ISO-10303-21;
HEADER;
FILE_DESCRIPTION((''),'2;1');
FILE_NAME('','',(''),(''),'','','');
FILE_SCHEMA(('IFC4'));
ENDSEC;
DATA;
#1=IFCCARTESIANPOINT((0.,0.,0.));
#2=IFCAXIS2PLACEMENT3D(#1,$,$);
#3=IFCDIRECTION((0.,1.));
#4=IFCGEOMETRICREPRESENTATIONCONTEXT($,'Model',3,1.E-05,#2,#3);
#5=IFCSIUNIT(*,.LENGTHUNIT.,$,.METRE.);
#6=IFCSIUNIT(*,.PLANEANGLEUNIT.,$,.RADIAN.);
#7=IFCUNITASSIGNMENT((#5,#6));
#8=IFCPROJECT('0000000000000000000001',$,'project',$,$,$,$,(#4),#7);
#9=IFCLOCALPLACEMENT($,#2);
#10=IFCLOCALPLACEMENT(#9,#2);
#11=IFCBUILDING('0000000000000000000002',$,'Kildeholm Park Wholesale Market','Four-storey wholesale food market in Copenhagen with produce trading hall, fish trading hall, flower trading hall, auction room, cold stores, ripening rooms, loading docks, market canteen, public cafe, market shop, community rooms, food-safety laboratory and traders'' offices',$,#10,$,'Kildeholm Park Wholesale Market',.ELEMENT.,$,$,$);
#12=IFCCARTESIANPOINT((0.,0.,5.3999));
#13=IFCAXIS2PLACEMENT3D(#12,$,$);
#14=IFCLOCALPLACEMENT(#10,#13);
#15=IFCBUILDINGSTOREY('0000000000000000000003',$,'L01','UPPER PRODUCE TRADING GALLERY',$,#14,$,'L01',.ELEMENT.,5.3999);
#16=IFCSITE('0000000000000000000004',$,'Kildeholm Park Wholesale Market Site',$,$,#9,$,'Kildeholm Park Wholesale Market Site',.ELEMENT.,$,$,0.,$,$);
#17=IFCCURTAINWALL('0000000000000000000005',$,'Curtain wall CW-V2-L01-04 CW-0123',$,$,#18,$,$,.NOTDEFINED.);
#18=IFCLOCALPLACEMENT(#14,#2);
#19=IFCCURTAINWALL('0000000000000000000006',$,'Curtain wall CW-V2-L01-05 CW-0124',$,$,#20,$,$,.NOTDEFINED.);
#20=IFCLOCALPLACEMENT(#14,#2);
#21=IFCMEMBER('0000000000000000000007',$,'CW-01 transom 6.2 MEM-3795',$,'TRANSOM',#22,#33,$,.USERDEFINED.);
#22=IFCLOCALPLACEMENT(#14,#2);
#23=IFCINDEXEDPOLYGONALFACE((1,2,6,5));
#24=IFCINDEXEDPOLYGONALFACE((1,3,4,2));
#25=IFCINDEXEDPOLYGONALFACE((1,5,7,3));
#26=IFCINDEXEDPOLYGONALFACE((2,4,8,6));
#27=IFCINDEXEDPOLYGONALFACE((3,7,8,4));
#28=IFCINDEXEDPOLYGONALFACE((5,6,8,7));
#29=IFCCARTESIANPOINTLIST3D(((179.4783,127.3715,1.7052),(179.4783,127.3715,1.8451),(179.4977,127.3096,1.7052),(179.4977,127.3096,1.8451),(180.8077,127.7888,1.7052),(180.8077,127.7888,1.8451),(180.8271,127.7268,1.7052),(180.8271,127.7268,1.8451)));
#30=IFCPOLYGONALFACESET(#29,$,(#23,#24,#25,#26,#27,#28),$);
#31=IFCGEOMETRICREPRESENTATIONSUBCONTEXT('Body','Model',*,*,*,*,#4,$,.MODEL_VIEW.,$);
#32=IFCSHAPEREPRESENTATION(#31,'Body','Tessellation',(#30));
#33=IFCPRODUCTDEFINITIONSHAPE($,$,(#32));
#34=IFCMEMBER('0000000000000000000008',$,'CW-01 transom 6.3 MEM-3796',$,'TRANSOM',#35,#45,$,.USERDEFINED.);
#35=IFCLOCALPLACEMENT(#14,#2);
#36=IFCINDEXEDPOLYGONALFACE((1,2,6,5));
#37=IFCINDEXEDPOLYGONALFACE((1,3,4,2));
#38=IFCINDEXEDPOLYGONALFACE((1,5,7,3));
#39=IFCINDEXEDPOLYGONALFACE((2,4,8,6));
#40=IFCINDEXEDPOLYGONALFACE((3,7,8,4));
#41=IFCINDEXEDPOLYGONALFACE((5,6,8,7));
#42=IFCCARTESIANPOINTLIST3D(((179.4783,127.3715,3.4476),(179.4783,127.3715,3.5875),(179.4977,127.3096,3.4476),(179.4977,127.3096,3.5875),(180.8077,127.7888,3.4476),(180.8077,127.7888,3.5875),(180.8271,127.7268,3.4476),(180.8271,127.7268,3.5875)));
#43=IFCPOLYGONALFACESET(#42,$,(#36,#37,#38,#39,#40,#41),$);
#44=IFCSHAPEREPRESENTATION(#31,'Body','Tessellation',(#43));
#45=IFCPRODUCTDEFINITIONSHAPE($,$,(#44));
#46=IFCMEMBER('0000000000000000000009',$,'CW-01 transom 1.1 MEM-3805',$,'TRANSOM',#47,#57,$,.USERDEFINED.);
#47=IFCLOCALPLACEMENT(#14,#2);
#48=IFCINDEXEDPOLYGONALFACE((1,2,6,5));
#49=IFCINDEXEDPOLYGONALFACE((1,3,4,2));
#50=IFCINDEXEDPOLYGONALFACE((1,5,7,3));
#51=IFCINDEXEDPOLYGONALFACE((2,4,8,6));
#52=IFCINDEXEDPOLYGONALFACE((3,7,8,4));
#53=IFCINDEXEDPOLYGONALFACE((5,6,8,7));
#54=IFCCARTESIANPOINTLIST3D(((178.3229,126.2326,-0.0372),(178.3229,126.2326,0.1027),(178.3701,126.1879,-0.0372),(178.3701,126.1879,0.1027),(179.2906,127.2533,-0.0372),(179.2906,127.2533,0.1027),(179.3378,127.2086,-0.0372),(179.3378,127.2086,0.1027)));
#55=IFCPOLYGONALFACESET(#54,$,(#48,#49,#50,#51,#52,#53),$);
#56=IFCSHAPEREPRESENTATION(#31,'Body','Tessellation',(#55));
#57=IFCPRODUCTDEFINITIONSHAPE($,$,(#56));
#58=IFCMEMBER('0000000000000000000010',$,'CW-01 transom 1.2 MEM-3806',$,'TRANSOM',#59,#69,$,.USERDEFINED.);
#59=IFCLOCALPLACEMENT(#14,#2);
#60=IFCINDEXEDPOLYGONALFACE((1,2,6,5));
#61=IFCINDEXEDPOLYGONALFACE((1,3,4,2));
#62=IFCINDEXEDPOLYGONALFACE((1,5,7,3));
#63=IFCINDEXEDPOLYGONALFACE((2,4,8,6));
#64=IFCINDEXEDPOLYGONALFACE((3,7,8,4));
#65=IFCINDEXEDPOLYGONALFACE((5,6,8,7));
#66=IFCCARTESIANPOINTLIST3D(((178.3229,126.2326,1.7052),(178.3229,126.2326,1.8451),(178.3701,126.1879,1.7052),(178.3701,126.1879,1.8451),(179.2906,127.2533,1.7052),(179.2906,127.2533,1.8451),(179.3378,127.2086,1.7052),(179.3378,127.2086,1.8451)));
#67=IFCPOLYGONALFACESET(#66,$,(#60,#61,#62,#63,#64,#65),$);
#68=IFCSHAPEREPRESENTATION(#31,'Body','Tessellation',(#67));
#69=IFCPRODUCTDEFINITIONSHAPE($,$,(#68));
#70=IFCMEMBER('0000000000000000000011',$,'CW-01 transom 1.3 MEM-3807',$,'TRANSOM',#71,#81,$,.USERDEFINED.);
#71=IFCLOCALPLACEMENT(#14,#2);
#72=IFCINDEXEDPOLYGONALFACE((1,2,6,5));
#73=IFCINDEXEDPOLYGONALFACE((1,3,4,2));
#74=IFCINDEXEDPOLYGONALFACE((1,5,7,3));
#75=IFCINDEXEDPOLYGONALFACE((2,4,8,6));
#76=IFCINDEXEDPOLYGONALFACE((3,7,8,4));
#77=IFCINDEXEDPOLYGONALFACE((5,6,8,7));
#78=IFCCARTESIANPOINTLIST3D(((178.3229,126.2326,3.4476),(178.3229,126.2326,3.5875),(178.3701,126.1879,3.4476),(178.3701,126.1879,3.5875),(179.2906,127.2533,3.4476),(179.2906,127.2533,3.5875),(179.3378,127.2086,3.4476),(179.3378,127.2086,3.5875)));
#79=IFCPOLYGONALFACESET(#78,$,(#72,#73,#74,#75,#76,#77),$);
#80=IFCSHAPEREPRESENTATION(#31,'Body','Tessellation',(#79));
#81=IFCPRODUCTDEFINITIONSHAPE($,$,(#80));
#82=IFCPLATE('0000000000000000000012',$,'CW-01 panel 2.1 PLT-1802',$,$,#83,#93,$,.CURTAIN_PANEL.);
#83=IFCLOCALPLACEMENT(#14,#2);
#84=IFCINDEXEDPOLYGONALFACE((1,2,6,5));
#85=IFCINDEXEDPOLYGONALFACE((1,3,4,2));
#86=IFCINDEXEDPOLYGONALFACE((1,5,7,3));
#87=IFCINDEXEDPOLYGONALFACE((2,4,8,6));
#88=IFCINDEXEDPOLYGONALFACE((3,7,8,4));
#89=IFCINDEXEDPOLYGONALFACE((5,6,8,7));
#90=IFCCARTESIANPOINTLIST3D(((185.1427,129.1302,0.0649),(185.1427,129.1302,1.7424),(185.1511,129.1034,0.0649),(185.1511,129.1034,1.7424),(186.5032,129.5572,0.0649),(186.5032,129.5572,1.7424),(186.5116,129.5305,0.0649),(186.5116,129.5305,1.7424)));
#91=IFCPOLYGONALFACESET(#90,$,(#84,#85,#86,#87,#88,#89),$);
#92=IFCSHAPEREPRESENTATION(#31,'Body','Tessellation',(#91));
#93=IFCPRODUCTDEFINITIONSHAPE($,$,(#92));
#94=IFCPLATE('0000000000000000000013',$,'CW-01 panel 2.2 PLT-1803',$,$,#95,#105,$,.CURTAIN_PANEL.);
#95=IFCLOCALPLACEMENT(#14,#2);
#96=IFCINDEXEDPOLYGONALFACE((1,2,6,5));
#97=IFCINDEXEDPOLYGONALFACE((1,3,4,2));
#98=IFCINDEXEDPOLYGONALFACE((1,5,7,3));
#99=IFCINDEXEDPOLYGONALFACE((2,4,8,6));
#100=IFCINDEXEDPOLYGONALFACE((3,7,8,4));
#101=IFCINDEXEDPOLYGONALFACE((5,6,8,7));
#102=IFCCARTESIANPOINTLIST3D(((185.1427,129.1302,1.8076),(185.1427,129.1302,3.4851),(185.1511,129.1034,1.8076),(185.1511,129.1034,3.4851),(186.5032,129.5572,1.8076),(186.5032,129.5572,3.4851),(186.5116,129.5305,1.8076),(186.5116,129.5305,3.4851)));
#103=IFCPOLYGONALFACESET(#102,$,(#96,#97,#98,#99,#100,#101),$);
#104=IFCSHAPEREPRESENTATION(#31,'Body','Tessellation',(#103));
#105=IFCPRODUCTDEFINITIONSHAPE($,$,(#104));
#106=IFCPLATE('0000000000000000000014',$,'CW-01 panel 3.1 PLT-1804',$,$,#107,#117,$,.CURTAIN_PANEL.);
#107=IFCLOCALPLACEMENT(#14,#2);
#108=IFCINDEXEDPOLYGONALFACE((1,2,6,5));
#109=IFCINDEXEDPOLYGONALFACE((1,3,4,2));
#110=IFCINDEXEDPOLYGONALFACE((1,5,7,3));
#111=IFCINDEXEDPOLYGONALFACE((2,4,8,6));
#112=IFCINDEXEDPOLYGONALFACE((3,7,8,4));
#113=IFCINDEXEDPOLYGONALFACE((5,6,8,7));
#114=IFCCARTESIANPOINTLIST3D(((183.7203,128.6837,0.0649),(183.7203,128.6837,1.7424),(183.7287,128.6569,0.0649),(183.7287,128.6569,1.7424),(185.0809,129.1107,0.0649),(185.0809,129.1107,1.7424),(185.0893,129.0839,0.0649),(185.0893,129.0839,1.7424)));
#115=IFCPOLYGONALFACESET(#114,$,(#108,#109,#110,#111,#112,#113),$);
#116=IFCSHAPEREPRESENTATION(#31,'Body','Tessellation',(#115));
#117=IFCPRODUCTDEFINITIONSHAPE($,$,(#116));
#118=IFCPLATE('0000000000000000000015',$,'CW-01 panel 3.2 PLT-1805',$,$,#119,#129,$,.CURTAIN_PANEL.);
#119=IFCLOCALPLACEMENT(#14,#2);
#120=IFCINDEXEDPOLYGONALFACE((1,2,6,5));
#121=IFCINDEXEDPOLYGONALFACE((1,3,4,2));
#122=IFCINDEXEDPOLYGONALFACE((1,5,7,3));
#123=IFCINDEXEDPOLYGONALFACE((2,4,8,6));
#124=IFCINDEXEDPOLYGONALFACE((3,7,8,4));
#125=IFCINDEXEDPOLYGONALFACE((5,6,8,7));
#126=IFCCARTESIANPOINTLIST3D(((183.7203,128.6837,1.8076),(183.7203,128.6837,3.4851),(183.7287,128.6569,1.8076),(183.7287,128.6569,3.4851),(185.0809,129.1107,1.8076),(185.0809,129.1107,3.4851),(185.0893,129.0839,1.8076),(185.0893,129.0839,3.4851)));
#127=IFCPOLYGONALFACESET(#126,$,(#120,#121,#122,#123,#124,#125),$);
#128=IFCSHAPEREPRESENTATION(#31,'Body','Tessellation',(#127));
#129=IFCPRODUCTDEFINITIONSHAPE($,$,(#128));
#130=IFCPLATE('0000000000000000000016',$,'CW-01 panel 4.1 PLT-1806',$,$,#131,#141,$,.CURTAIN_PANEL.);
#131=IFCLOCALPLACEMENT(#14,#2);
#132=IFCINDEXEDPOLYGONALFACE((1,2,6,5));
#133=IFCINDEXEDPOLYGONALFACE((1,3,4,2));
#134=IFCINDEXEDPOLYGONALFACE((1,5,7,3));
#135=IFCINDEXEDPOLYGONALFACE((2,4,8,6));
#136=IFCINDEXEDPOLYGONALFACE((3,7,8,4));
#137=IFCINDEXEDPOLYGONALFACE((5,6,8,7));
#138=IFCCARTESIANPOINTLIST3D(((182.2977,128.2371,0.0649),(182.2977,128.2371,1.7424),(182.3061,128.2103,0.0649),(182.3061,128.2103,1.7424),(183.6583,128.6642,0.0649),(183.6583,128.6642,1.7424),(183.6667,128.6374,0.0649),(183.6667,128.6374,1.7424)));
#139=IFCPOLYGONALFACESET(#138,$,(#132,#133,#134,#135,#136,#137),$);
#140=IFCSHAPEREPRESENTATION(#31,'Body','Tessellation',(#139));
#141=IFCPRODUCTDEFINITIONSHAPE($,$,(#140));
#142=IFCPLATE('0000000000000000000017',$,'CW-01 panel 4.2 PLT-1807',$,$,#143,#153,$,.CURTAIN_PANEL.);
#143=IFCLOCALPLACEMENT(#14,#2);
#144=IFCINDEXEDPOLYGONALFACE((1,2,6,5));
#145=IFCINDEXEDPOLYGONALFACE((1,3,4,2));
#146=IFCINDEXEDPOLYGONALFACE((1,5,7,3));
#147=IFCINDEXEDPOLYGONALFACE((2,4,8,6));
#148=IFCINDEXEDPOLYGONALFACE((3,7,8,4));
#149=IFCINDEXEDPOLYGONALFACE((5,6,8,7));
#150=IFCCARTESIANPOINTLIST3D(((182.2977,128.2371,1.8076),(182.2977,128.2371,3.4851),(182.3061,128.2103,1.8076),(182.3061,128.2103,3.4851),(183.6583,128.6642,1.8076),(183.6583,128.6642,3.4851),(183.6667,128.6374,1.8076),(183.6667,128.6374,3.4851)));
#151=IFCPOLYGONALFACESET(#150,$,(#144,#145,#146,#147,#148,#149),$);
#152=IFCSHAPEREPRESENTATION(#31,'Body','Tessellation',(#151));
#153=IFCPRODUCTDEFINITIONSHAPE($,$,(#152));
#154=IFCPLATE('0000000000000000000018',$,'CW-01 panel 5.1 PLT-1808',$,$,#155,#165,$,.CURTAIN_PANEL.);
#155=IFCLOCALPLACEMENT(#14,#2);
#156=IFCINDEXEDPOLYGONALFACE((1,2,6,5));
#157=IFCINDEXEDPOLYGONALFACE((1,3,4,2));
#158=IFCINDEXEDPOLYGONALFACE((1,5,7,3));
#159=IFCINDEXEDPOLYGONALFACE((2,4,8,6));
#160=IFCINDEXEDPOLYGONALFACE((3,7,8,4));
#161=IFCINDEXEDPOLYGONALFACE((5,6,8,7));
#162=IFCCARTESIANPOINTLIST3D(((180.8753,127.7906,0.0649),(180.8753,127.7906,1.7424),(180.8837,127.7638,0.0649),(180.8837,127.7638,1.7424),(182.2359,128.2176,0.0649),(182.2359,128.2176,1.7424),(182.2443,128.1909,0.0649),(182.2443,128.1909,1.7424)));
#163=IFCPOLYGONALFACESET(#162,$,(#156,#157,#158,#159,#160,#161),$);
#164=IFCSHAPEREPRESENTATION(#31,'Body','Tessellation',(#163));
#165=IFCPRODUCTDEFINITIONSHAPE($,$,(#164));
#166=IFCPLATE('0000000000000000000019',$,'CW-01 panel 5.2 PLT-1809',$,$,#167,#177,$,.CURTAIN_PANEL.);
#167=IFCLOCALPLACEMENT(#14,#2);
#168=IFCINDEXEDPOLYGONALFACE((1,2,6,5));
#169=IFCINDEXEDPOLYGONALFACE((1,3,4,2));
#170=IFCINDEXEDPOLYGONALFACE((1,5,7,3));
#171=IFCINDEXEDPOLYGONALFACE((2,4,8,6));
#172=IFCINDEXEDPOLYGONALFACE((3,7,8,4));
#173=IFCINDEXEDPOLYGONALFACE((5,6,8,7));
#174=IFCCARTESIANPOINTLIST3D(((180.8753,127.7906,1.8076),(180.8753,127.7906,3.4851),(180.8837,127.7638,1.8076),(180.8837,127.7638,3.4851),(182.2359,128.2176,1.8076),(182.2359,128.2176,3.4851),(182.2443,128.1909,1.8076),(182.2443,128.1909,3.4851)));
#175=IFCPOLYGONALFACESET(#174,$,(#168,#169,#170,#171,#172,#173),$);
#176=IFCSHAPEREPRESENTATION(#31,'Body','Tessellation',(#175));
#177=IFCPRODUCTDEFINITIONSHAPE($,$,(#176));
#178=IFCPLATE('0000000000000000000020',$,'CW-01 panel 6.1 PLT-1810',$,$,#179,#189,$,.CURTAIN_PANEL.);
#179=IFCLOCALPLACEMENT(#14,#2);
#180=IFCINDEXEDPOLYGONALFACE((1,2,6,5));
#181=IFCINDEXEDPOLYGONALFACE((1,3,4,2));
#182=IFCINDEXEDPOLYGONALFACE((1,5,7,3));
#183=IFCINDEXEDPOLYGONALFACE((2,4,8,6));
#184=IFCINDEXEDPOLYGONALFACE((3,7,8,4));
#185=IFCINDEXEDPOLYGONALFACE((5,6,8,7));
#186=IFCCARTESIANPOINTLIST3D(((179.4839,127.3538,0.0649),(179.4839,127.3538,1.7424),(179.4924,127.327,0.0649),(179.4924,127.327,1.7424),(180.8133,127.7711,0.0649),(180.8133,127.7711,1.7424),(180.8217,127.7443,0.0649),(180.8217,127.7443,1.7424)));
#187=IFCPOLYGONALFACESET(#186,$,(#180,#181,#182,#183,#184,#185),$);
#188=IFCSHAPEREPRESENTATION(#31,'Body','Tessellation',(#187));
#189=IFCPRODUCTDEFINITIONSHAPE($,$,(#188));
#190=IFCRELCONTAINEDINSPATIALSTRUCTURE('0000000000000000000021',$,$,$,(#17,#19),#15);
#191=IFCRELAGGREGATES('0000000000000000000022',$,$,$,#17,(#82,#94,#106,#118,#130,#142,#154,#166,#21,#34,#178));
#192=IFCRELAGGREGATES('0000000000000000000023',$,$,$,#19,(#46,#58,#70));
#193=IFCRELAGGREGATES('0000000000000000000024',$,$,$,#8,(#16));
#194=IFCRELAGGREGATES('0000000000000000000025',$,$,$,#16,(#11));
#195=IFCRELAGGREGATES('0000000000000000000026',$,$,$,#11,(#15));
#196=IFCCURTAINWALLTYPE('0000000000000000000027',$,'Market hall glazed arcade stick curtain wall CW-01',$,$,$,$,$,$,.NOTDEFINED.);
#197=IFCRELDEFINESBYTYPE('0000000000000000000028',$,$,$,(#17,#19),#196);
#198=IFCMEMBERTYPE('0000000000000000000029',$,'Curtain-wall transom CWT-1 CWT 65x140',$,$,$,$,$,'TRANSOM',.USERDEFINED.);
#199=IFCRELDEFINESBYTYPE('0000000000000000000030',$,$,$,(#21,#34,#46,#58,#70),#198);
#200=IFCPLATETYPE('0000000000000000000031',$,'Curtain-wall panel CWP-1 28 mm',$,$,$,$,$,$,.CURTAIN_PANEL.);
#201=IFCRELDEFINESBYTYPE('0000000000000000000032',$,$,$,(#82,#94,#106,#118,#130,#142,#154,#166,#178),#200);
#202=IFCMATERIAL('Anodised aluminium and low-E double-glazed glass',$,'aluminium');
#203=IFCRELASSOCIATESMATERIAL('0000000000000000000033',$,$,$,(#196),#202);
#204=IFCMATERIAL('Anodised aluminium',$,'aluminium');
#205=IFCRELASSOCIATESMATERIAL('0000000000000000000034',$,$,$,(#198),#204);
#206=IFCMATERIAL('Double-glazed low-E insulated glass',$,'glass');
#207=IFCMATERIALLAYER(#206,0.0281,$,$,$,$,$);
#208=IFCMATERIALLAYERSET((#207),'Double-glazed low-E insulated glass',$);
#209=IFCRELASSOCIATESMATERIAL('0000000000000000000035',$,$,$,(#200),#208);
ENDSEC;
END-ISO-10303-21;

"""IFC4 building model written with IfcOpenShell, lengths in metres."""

from ifc_helpers import new_model, si_unit, direction, frame, origin, origin_2d, place, context, subcontext, project, spatial, rectangle, extrude, material, layer, layer_set, material_profile, profile_set, type_object, element, aggregate, save


model = new_model("IFC4")

# Units and contexts
model_context = context("Model", 3, precision=1e-05, world=origin(), true_north=direction((0.0, 1.0)))
body_context = subcontext(model_context, "Body", "Model", "MODEL_VIEW")
ifc_project = project(units=[si_unit("LENGTHUNIT", "METRE"), si_unit("PLANEANGLEUNIT", "RADIAN")], contexts=[model_context])

# Site, building, storey
site_placement = place(None, origin())
site = spatial("IfcSite", under=ifc_project, at=site_placement, Name="Kildeholm Park Wholesale Market Site", LongName="Kildeholm Park Wholesale Market Site", CompositionType="ELEMENT", RefElevation=0.0)
building_placement = place(site_placement, origin())
building = spatial("IfcBuilding", under=site, at=building_placement, Name="Kildeholm Park Wholesale Market", Description="Four-storey wholesale food market in Copenhagen with produce trading hall, fish trading hall, flower trading hall, auction room, cold stores, ripening rooms, loading docks, market canteen, public cafe, market shop, community rooms, food-safety laboratory and traders' offices", LongName="Kildeholm Park Wholesale Market", CompositionType="ELEMENT")
storey_placement = place(building_placement, frame((0.0, 0.0, 5.3999)))
storey = spatial("IfcBuildingStorey", under=building, at=storey_placement, Name="L01", Description="UPPER PRODUCE TRADING GALLERY", LongName="L01", CompositionType="ELEMENT", Elevation=5.3999)

# Curtain wall
ifc_material_1 = material(Name="Anodised aluminium and low-E double-glazed glass", Category="aluminium")
curtain_wall_type = type_object("IfcCurtainWallType", Name="Market hall glazed arcade stick curtain wall CW-01", PredefinedType="NOTDEFINED", material=ifc_material_1)
curtain_wall_1_placement = place(storey_placement, origin())
curtain_wall_1 = element("IfcCurtainWall", 1, at=curtain_wall_1_placement, inside=storey, type_object=curtain_wall_type, Name="Curtain wall CW-V2-L01-04 CW-0123", PredefinedType="NOTDEFINED")
ifc_material_2 = material(Name="Anodised aluminium", Category="aluminium")

# Curtain wall
curtain_wall_2_placement = place(storey_placement, origin())
curtain_wall_2 = element("IfcCurtainWall", 2, at=curtain_wall_2_placement, inside=storey, type_object=curtain_wall_type, Name="Curtain wall CW-V2-L01-05 CW-0124", PredefinedType="NOTDEFINED")

# Members
ifc_material_profile_1 = material_profile(ifc_material_2, rectangle(XDim=0.0649, YDim=0.1399, at=origin_2d()), Name="CWT 65x140")
ifc_profile_set_1 = profile_set([ifc_material_profile_1], Name="Anodised aluminium")
member_type_1 = type_object("IfcMemberType", Name="Curtain-wall transom CWT-1 CWT 65x140", ElementType="TRANSOM", PredefinedType="USERDEFINED", material=ifc_profile_set_1)
member_1_placement = place(storey_placement, frame((180.8174, 127.7578, 1.7751), z_axis=(-0.954108, -0.299462, 0.0), x_axis=(0.299462, -0.954108, 0.0)))
member_1 = element("IfcMember", 3, at=member_1_placement, type_object=member_type_1, Name="CW-01 transom 6.2 MEM-3795", ObjectType="TRANSOM", PredefinedType="USERDEFINED", context=body_context, shape_type="SweptSolid", body=[
    extrude(rectangle(XDim=0.0649, YDim=0.1399, at=origin_2d()), origin(), (0.0, 0.0, 1.0), 1.3933),
])
member_2_placement = place(storey_placement, frame((180.8174, 127.7578, 3.5176), z_axis=(-0.954108, -0.299462, 0.0), x_axis=(0.299462, -0.954108, 0.0)))
member_2 = element("IfcMember", 4, at=member_2_placement, type_object=member_type_1, Name="CW-01 transom 6.3 MEM-3796", ObjectType="TRANSOM", PredefinedType="USERDEFINED", context=body_context, shape_type="SweptSolid", body=[
    extrude(rectangle(XDim=0.0649, YDim=0.1399, at=origin_2d()), origin(), (0.0, 0.0, 1.0), 1.3933),
])
member_3_placement = place(storey_placement, frame((179.3142, 127.231, 0.0327), z_axis=(-0.688024, -0.725688, 0.0), x_axis=(0.725688, -0.688024, 0.0)))
member_3 = element("IfcMember", 5, at=member_3_placement, type_object=member_type_1, Name="CW-01 transom 1.1 MEM-3805", ObjectType="TRANSOM", PredefinedType="USERDEFINED", context=body_context, shape_type="SweptSolid", body=[
    extrude(rectangle(XDim=0.0649, YDim=0.1399, at=origin_2d()), origin(), (0.0, 0.0, 1.0), 1.4065),
])
member_4_placement = place(storey_placement, frame((179.3142, 127.231, 1.7751), z_axis=(-0.688024, -0.725688, 0.0), x_axis=(0.725688, -0.688024, 0.0)))
member_4 = element("IfcMember", 6, at=member_4_placement, type_object=member_type_1, Name="CW-01 transom 1.2 MEM-3806", ObjectType="TRANSOM", PredefinedType="USERDEFINED", context=body_context, shape_type="SweptSolid", body=[
    extrude(rectangle(XDim=0.0649, YDim=0.1399, at=origin_2d()), origin(), (0.0, 0.0, 1.0), 1.4065),
])
member_5_placement = place(storey_placement, frame((179.3142, 127.231, 3.5176), z_axis=(-0.688024, -0.725688, 0.0), x_axis=(0.725688, -0.688024, 0.0)))
member_5 = element("IfcMember", 7, at=member_5_placement, type_object=member_type_1, Name="CW-01 transom 1.3 MEM-3807", ObjectType="TRANSOM", PredefinedType="USERDEFINED", context=body_context, shape_type="SweptSolid", body=[
    extrude(rectangle(XDim=0.0649, YDim=0.1399, at=origin_2d()), origin(), (0.0, 0.0, 1.0), 1.4065),
])

# Plates
ifc_material_3 = material(Name="Double-glazed low-E insulated glass", Category="glass")
ifc_layer_1 = layer(ifc_material_3, 0.0281)
ifc_layer_set_1 = layer_set([ifc_layer_1], Name="Double-glazed low-E insulated glass")
plate_type = type_object("IfcPlateType", Name="Curtain-wall panel CWP-1 28 mm", PredefinedType="CURTAIN_PANEL", material=ifc_layer_set_1)
plate_1_placement = place(storey_placement, frame((185.8271, 129.3303, 0.0649), z_axis=(0.0, 0.0, 1.0), x_axis=(-0.954103, -0.299478, 0.0)))
plate_1 = element("IfcPlate", 8, at=plate_1_placement, type_object=plate_type, Name="CW-01 panel 2.1 PLT-1802", PredefinedType="CURTAIN_PANEL", context=body_context, shape_type="SweptSolid", body=[
    extrude(rectangle(XDim=1.426, YDim=0.0281, at=origin_2d()), origin(), (0.0, 0.0, 1.0), 1.6775),
])
plate_2_placement = place(storey_placement, frame((185.8271, 129.3303, 1.8076), z_axis=(0.0, 0.0, 1.0), x_axis=(-0.954103, -0.299478, 0.0)))
plate_2 = element("IfcPlate", 9, at=plate_2_placement, type_object=plate_type, Name="CW-01 panel 2.2 PLT-1803", PredefinedType="CURTAIN_PANEL", context=body_context, shape_type="SweptSolid", body=[
    extrude(rectangle(XDim=1.426, YDim=0.0281, at=origin_2d()), origin(), (0.0, 0.0, 1.0), 1.6775),
])
plate_3_placement = place(storey_placement, frame((184.4048, 128.8838, 0.0649), z_axis=(0.0, 0.0, 1.0), x_axis=(-0.954103, -0.299478, 0.0)))
plate_3 = element("IfcPlate", 10, at=plate_3_placement, type_object=plate_type, Name="CW-01 panel 3.1 PLT-1804", PredefinedType="CURTAIN_PANEL", context=body_context, shape_type="SweptSolid", body=[
    extrude(rectangle(XDim=1.426, YDim=0.0281, at=origin_2d()), origin(), (0.0, 0.0, 1.0), 1.6775),
])
plate_4_placement = place(storey_placement, frame((184.4048, 128.8838, 1.8076), z_axis=(0.0, 0.0, 1.0), x_axis=(-0.954103, -0.299478, 0.0)))
plate_4 = element("IfcPlate", 11, at=plate_4_placement, type_object=plate_type, Name="CW-01 panel 3.2 PLT-1805", PredefinedType="CURTAIN_PANEL", context=body_context, shape_type="SweptSolid", body=[
    extrude(rectangle(XDim=1.426, YDim=0.0281, at=origin_2d()), origin(), (0.0, 0.0, 1.0), 1.6775),
])
plate_5_placement = place(storey_placement, frame((182.9822, 128.4373, 0.0649), z_axis=(0.0, 0.0, 1.0), x_axis=(-0.954103, -0.299478, 0.0)))
plate_5 = element("IfcPlate", 12, at=plate_5_placement, type_object=plate_type, Name="CW-01 panel 4.1 PLT-1806", PredefinedType="CURTAIN_PANEL", context=body_context, shape_type="SweptSolid", body=[
    extrude(rectangle(XDim=1.426, YDim=0.0281, at=origin_2d()), origin(), (0.0, 0.0, 1.0), 1.6775),
])
plate_6_placement = place(storey_placement, frame((182.9822, 128.4373, 1.8076), z_axis=(0.0, 0.0, 1.0), x_axis=(-0.954103, -0.299478, 0.0)))
plate_6 = element("IfcPlate", 13, at=plate_6_placement, type_object=plate_type, Name="CW-01 panel 4.2 PLT-1807", PredefinedType="CURTAIN_PANEL", context=body_context, shape_type="SweptSolid", body=[
    extrude(rectangle(XDim=1.426, YDim=0.0281, at=origin_2d()), origin(), (0.0, 0.0, 1.0), 1.6775),
])
plate_7_placement = place(storey_placement, frame((181.5598, 127.9907, 0.0649), z_axis=(0.0, 0.0, 1.0), x_axis=(-0.954103, -0.299478, 0.0)))
plate_7 = element("IfcPlate", 14, at=plate_7_placement, type_object=plate_type, Name="CW-01 panel 5.1 PLT-1808", PredefinedType="CURTAIN_PANEL", context=body_context, shape_type="SweptSolid", body=[
    extrude(rectangle(XDim=1.426, YDim=0.0281, at=origin_2d()), origin(), (0.0, 0.0, 1.0), 1.6775),
])
plate_8_placement = place(storey_placement, frame((181.5598, 127.9907, 1.8076), z_axis=(0.0, 0.0, 1.0), x_axis=(-0.954103, -0.299478, 0.0)))
plate_8 = element("IfcPlate", 15, at=plate_8_placement, type_object=plate_type, Name="CW-01 panel 5.2 PLT-1809", PredefinedType="CURTAIN_PANEL", context=body_context, shape_type="SweptSolid", body=[
    extrude(rectangle(XDim=1.426, YDim=0.0281, at=origin_2d()), origin(), (0.0, 0.0, 1.0), 1.6775),
])
plate_9_placement = place(storey_placement, frame((180.1528, 127.5491, 0.0649), z_axis=(0.0, 0.0, 1.0), x_axis=(-0.954103, -0.299478, 0.0)))
plate_9 = element("IfcPlate", 16, at=plate_9_placement, type_object=plate_type, Name="CW-01 panel 6.1 PLT-1810", PredefinedType="CURTAIN_PANEL", context=body_context, shape_type="SweptSolid", body=[
    extrude(rectangle(XDim=1.3933, YDim=0.0281, at=origin_2d()), origin(), (0.0, 0.0, 1.0), 1.6775),
])
aggregate(curtain_wall_1, [plate_1, plate_2, plate_3, plate_4, plate_5, plate_6, plate_7, plate_8, member_1, member_2, plate_9])
aggregate(curtain_wall_2, [member_3, member_4, member_5])

save(model, "model.ifc")
